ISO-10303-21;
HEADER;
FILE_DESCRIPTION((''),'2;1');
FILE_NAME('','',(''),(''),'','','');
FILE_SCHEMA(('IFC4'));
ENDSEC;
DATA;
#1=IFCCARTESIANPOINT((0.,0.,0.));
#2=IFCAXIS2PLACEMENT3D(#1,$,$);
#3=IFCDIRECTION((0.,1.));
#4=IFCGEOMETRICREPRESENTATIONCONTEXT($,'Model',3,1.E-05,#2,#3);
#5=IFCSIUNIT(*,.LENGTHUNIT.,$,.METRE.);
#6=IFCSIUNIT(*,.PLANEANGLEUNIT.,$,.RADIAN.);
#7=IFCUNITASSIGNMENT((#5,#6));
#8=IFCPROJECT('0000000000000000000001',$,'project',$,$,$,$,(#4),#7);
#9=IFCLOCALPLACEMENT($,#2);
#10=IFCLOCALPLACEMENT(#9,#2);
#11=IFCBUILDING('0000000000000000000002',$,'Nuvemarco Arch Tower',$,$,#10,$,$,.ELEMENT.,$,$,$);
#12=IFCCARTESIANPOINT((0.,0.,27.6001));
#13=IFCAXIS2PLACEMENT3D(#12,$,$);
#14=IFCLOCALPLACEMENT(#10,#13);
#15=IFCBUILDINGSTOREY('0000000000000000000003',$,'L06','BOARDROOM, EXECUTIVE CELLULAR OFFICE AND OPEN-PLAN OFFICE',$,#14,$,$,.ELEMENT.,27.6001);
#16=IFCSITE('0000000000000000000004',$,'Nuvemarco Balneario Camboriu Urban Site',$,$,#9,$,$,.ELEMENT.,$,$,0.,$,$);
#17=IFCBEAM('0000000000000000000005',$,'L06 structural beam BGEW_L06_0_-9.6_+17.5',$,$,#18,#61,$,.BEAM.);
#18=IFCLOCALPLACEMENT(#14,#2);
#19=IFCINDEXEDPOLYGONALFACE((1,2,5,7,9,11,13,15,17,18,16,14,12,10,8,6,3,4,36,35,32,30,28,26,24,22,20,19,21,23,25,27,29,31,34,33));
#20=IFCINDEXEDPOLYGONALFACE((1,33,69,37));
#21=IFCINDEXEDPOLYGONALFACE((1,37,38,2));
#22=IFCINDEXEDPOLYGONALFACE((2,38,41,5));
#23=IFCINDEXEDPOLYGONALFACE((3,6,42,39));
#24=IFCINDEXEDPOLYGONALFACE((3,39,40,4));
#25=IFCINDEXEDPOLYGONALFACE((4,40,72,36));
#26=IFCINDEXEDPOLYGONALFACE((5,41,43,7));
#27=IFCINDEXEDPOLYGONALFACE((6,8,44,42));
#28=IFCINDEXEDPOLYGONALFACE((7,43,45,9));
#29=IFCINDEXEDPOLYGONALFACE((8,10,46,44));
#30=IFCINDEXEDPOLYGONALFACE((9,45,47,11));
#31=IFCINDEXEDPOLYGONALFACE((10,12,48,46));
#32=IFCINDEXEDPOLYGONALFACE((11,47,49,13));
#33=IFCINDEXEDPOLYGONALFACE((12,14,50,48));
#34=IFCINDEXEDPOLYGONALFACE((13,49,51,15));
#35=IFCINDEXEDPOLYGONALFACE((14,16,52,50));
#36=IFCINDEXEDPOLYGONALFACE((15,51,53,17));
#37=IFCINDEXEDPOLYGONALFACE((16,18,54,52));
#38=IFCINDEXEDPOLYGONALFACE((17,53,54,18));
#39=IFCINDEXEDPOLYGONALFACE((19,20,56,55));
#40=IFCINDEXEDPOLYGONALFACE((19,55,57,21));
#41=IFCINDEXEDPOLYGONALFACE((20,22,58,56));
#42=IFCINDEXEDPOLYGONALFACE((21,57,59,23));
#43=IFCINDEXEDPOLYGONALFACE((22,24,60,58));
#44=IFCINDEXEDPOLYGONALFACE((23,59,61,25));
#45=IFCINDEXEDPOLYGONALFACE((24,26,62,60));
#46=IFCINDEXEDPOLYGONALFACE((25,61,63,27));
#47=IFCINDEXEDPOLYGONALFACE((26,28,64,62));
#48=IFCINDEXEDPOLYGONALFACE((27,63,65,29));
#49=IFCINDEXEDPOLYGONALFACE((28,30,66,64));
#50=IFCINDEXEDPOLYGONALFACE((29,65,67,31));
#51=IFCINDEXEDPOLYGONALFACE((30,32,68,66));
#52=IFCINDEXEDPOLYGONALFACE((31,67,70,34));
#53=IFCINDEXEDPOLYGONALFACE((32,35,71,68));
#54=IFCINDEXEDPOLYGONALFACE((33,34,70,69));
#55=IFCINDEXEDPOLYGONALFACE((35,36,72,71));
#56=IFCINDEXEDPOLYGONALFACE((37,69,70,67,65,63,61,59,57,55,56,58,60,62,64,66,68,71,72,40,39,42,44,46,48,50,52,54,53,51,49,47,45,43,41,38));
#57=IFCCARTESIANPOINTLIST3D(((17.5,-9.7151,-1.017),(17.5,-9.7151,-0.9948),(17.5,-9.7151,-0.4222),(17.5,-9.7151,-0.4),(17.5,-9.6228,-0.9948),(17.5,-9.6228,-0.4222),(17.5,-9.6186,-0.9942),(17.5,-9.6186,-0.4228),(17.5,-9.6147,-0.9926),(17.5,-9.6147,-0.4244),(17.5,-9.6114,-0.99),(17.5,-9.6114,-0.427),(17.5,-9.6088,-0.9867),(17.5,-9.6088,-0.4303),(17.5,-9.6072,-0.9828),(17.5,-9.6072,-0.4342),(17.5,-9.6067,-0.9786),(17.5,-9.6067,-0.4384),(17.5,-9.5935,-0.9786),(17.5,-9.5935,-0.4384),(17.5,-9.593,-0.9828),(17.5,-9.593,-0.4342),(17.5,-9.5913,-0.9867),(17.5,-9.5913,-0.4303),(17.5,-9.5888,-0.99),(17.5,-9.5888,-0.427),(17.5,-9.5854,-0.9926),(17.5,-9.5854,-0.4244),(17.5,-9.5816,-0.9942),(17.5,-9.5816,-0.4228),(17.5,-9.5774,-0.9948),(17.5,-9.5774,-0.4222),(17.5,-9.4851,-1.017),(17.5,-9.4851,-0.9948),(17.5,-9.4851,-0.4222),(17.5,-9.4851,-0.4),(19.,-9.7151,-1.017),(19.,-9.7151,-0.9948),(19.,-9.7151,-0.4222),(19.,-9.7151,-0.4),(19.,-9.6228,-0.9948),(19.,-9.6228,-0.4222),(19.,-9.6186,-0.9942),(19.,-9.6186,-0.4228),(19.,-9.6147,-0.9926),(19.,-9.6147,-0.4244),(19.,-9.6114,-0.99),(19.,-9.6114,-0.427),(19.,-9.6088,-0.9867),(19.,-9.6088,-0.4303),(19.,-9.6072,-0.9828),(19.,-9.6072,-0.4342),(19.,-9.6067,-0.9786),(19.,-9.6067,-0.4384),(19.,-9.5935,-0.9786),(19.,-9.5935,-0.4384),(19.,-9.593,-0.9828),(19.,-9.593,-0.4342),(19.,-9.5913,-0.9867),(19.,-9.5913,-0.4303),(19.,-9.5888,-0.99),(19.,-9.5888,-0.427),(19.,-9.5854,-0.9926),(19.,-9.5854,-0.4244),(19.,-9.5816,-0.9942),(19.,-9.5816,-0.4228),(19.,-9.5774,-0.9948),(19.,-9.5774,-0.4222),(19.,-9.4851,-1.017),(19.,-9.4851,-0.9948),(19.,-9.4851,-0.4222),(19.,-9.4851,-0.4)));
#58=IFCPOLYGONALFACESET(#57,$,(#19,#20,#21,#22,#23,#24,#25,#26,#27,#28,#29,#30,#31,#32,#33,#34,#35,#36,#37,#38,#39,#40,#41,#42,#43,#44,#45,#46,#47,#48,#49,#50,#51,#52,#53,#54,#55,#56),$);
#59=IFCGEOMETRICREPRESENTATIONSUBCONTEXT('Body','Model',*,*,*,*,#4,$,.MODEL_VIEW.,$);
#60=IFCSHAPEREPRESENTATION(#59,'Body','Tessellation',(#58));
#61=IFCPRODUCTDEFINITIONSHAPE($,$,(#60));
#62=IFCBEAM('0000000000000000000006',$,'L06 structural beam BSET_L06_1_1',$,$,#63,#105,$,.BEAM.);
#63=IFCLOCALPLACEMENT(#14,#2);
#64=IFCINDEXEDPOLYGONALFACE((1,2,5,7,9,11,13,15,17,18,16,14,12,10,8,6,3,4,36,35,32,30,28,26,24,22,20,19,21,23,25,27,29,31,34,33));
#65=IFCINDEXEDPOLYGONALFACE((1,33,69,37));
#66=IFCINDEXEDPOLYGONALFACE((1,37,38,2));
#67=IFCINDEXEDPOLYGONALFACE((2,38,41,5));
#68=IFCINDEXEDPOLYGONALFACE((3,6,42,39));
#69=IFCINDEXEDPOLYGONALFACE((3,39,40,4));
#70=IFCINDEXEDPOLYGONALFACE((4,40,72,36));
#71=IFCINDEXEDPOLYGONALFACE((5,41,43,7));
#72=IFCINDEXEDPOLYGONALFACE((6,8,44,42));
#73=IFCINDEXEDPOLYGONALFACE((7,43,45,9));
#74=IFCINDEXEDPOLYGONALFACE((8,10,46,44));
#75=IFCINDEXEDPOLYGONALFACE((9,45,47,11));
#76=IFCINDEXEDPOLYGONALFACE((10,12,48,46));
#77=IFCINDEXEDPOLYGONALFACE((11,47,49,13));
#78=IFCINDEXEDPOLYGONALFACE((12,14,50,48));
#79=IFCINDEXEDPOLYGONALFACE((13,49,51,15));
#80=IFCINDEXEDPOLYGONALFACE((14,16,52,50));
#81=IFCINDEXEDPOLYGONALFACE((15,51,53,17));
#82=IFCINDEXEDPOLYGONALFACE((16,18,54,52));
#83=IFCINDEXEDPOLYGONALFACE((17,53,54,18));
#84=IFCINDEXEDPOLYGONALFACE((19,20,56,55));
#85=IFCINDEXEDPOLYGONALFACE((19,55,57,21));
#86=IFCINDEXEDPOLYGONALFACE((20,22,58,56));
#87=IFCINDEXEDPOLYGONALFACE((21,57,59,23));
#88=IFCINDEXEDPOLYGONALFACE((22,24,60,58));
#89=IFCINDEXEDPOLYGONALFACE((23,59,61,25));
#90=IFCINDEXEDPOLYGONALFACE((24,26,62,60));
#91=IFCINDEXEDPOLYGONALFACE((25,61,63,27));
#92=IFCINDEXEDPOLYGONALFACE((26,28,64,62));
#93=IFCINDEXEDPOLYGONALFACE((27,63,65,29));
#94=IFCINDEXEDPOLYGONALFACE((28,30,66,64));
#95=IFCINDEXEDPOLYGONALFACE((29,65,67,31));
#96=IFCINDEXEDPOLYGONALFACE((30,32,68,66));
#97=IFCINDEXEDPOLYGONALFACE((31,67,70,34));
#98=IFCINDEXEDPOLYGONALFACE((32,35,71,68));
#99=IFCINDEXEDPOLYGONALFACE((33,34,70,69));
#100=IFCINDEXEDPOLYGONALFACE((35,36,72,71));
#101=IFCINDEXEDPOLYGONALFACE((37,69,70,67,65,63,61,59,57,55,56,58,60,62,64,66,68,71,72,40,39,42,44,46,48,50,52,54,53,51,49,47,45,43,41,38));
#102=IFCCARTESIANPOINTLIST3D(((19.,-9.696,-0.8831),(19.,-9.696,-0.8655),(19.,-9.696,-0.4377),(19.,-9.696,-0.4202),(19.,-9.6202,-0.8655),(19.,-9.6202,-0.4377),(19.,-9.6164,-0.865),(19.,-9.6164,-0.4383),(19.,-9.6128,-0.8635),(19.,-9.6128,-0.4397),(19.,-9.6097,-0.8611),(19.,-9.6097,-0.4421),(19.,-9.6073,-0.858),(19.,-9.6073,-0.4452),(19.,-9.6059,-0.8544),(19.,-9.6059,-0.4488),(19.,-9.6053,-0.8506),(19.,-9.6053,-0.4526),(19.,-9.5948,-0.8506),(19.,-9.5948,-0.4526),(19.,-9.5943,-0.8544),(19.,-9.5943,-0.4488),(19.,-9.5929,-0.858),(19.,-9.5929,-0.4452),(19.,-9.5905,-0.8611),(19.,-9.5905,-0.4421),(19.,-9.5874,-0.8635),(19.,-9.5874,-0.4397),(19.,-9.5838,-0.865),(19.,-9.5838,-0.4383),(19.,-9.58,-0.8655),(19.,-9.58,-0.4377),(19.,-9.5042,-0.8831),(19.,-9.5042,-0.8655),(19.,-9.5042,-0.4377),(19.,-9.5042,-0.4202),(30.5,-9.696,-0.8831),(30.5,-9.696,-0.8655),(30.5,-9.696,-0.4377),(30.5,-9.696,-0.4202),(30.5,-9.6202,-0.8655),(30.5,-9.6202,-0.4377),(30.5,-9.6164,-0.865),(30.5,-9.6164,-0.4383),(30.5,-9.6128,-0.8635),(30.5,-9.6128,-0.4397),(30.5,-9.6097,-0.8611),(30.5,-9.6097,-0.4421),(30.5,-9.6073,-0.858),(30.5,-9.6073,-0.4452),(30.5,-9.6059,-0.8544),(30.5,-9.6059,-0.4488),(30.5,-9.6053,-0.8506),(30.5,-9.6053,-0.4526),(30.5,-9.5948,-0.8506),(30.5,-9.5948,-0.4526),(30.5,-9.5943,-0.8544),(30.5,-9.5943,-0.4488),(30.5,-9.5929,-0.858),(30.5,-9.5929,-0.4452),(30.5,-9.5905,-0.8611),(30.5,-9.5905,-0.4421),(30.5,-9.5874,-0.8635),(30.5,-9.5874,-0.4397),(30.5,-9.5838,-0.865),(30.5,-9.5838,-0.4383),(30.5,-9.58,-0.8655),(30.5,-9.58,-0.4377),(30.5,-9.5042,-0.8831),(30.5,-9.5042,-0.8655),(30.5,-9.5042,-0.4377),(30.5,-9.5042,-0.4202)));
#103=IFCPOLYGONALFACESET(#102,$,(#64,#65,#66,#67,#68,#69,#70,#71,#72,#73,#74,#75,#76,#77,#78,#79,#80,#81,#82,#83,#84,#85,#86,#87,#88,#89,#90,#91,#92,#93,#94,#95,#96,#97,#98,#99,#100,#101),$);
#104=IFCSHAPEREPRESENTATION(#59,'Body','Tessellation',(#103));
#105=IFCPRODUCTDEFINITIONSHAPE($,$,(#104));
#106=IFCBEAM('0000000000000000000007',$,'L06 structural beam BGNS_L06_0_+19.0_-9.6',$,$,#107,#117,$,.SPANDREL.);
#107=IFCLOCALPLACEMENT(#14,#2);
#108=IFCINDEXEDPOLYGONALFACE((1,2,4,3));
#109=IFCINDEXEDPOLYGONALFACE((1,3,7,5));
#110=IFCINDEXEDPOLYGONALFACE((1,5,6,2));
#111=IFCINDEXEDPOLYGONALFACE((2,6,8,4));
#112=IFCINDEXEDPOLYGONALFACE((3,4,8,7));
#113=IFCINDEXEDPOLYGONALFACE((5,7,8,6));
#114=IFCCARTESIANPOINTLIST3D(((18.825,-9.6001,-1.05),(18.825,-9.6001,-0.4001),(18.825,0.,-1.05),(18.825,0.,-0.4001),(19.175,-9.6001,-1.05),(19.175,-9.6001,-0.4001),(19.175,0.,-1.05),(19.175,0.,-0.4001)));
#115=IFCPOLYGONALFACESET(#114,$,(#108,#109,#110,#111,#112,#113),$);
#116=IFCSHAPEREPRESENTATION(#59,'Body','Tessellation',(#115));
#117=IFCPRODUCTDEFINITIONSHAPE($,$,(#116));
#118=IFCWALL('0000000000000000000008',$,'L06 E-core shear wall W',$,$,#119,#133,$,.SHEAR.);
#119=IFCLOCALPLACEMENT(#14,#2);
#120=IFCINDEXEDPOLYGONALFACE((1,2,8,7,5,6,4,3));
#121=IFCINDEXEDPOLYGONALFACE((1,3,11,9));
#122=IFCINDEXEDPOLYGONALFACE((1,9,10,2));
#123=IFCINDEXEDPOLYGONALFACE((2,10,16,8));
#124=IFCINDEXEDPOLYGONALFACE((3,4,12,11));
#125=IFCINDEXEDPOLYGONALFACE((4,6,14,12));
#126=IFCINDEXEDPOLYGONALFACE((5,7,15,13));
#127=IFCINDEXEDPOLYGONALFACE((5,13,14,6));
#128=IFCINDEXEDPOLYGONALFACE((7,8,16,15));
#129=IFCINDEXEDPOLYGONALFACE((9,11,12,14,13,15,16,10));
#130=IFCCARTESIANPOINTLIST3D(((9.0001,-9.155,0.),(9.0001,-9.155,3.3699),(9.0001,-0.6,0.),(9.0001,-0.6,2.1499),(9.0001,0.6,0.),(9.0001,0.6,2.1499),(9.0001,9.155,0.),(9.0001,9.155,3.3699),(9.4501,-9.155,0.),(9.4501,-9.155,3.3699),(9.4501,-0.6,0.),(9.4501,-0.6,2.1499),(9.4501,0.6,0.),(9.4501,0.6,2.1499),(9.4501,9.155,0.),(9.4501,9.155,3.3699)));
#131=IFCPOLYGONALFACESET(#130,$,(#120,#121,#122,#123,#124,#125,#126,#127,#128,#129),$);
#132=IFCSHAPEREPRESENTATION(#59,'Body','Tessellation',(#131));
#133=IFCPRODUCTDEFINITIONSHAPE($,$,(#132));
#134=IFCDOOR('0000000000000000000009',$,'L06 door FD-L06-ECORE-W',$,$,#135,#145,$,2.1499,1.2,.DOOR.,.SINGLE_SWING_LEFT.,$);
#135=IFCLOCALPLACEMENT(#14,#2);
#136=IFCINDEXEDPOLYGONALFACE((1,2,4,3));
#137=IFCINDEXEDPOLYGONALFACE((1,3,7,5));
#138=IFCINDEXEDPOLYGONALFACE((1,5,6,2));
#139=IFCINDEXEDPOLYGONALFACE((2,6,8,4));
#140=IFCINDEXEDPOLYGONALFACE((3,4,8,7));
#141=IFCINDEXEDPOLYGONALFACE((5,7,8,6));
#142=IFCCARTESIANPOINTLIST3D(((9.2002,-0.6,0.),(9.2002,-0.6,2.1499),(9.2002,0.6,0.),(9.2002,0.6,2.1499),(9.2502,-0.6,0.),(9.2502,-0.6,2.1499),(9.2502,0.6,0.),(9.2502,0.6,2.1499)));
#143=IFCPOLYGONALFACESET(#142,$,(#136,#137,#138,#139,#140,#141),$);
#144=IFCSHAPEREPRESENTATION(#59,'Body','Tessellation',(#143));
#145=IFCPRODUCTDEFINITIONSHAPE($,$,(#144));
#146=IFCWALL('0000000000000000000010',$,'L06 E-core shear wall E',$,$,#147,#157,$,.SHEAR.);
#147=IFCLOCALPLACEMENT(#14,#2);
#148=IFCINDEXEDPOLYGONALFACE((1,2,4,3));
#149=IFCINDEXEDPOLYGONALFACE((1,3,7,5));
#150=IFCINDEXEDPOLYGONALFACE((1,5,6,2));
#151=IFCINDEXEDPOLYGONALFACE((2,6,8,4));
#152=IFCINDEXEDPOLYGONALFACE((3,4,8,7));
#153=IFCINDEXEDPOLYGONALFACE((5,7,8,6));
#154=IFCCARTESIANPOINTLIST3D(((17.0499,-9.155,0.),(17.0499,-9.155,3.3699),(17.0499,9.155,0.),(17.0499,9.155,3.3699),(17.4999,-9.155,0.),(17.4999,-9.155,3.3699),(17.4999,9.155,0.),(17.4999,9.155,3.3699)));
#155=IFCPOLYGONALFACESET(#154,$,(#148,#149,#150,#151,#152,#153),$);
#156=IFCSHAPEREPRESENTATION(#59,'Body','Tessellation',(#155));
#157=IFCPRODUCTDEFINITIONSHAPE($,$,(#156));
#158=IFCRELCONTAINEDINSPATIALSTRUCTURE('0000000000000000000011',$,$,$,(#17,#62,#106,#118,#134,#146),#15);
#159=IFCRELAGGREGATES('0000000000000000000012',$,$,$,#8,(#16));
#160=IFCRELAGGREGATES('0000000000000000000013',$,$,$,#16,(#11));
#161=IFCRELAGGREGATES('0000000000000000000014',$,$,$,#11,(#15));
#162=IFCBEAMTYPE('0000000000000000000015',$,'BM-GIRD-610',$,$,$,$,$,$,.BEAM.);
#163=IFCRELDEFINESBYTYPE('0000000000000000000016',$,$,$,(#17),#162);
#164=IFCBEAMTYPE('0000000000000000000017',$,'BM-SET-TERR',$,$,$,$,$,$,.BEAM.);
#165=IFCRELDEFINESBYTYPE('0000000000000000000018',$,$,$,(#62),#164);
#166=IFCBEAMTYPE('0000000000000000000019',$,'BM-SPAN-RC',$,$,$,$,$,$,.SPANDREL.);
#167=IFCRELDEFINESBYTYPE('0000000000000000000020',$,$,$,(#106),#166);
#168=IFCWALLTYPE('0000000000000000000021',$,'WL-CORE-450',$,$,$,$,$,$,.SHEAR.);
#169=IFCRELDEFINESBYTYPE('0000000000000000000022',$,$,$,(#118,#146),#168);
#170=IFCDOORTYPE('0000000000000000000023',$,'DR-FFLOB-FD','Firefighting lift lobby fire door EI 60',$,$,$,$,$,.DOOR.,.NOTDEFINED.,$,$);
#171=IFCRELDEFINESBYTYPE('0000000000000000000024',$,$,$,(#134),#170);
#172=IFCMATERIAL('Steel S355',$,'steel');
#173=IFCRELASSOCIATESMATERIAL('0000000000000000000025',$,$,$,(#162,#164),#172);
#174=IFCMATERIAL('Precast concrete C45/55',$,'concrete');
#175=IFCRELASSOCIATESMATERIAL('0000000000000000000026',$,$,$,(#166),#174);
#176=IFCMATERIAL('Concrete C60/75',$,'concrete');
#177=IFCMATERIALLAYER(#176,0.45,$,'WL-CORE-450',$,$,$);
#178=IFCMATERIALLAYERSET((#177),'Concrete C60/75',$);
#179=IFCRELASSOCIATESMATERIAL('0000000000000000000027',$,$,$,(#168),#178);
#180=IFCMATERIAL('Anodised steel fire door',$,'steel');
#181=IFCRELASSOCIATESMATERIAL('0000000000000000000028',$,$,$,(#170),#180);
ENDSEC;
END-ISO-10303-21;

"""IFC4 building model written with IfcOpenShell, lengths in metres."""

from ifc_helpers import new_model, si_unit, direction, frame, frame_2d, origin, origin_2d, place, context, subcontext, project, spatial, rectangle, i_section, extrude, source, transform, mapped, material, layer, layer_set, material_profile, profile_set, type_object, type_shapes, element, fill, save


model = new_model("IFC4")

# Units and contexts
model_context = context("Model", 3, precision=1e-05, world=origin(), true_north=direction((0.0, 1.0)))
body_context = subcontext(model_context, "Body", "Model", "MODEL_VIEW")
ifc_project = project(units=[si_unit("LENGTHUNIT", "METRE"), si_unit("PLANEANGLEUNIT", "RADIAN")], contexts=[model_context])

# Site, building, storey
site_placement = place(None, origin())
site = spatial("IfcSite", under=ifc_project, at=site_placement, Name="Nuvemarco Balneario Camboriu Urban Site", CompositionType="ELEMENT", RefElevation=0.0)
building_placement = place(site_placement, origin())
building = spatial("IfcBuilding", under=site, at=building_placement, Name="Nuvemarco Arch Tower", CompositionType="ELEMENT")
storey_placement = place(building_placement, frame((0.0, 0.0, 27.6001)))
storey = spatial("IfcBuildingStorey", under=building, at=storey_placement, Name="L06", Description="BOARDROOM, EXECUTIVE CELLULAR OFFICE AND OPEN-PLAN OFFICE", CompositionType="ELEMENT", Elevation=27.6001)

# Shared definitions
ifc_material_1 = material(Name="Concrete C60/75", Category="concrete")

# Beams
ifc_material_2 = material(Name="Steel S355", Category="steel")
ifc_material_profile_1 = material_profile(ifc_material_2, i_section(OverallWidth=0.23, OverallDepth=0.6169, WebThickness=0.0132, FlangeThickness=0.0222, FilletRadius=0.0161, at=origin_2d()), Name="W610x140")
ifc_profile_set_1 = profile_set([ifc_material_profile_1], Name="Steel S355")
beam_type_1 = type_object("IfcBeamType", Name="BM-GIRD-610", PredefinedType="BEAM", material=ifc_profile_set_1)
beam_1_placement = place(storey_placement, frame((17.5, -9.6001, -0.7085), z_axis=(1.0, 0.0, 0.0), x_axis=(0.0, 1.0, 0.0)))
element("IfcBeam", 1, at=beam_1_placement, inside=storey, type_object=beam_type_1, Name="L06 structural beam BGEW_L06_0_-9.6_+17.5", PredefinedType="BEAM", context=body_context, shape_type="SweptSolid", body=[
    extrude(i_section(OverallWidth=0.23, OverallDepth=0.6169, WebThickness=0.0132, FlangeThickness=0.0222, FilletRadius=0.0161, at=origin_2d()), origin(), (0.0, 0.0, 1.0), 1.5),
])
ifc_material_profile_2 = material_profile(ifc_material_2, i_section(OverallWidth=0.1919, OverallDepth=0.4629, WebThickness=0.0105, FlangeThickness=0.0176, FilletRadius=0.0149, at=origin_2d()), Name="W460x89")
ifc_profile_set_2 = profile_set([ifc_material_profile_2], Name="Steel S355")
beam_type_2 = type_object("IfcBeamType", Name="BM-SET-TERR", PredefinedType="BEAM", material=ifc_profile_set_2)
beam_2_placement = place(storey_placement, frame((19.0, -9.6001, -0.6516), z_axis=(1.0, 0.0, 0.0), x_axis=(0.0, 1.0, 0.0)))
element("IfcBeam", 2, at=beam_2_placement, inside=storey, type_object=beam_type_2, Name="L06 structural beam BSET_L06_1_1", PredefinedType="BEAM", context=body_context, shape_type="SweptSolid", body=[
    extrude(i_section(OverallWidth=0.1919, OverallDepth=0.4629, WebThickness=0.0105, FlangeThickness=0.0176, FilletRadius=0.0149, at=origin_2d()), origin(), (0.0, 0.0, 1.0), 11.5),
])
ifc_material_3 = material(Name="Precast concrete C45/55", Category="concrete")
ifc_material_profile_3 = material_profile(ifc_material_3, rectangle(XDim=0.3501, YDim=0.6499, at=origin_2d()), Name="PC-SP-350x650")
ifc_profile_set_3 = profile_set([ifc_material_profile_3], Name="Precast concrete C45/55")
beam_type_3 = type_object("IfcBeamType", Name="BM-SPAN-RC", PredefinedType="SPANDREL", material=ifc_profile_set_3)
beam_3_placement = place(storey_placement, frame((19.0, -9.6001, -0.7251), z_axis=(0.0, 1.0, 0.0), x_axis=(-1.0, 0.0, 0.0)))
element("IfcBeam", 3, at=beam_3_placement, inside=storey, type_object=beam_type_3, Name="L06 structural beam BGNS_L06_0_+19.0_-9.6", PredefinedType="SPANDREL", context=body_context, shape_type="SweptSolid", body=[
    extrude(rectangle(XDim=0.3501, YDim=0.6499, at=origin_2d()), origin(), (0.0, 0.0, 1.0), 9.6001),
])

# Wall, opening, door
ifc_layer_1 = layer(ifc_material_1, 0.45, Name="WL-CORE-450")
ifc_layer_set_1 = layer_set([ifc_layer_1], Name="Concrete C60/75")
wall_type_1 = type_object("IfcWallType", Name="WL-CORE-450", PredefinedType="SHEAR", material=ifc_layer_set_1)
wall_1_placement = place(storey_placement, frame((9.2251, -9.155, 0.0), z_axis=(0.0, 0.0, 1.0), x_axis=(0.0, 1.0, 0.0)))
wall_1 = element("IfcWall", 4, at=wall_1_placement, inside=storey, type_object=wall_type_1, Name="L06 E-core shear wall W", PredefinedType="SHEAR", context=body_context, shape_type="SweptSolid", body=[
    extrude(rectangle(XDim=18.3101, YDim=0.45, at=frame_2d((9.155, 0.0))), origin(), (0.0, 0.0, 1.0), 3.3699),
])
opening_1_placement = place(wall_1_placement, frame((8.5549, 0.0, 0.0)))
opening_1 = element("IfcOpeningElement", 5, at=opening_1_placement, cuts=wall_1, PredefinedType="OPENING", context=body_context, shape_type="SweptSolid", body=[
    extrude(rectangle(XDim=1.2, YDim=2.1499, at=frame_2d((0.6001, 1.075))), frame((0.0, 0.2349, 0.0), z_axis=(0.0, -1.0, 0.0), x_axis=(1.0, 0.0, 0.0)), (0.0, 0.0, 1.0), 0.47),
])
ifc_material_4 = material(Name="Anodised steel fire door", Category="steel")
door_type_1 = type_object("IfcDoorType", Name="DR-FFLOB-FD", Description="Firefighting lift lobby fire door EI 60", OperationType="NOTDEFINED", PredefinedType="DOOR", material=ifc_material_4)
shared_shape_1 = source(origin(), body_context, "Body", "SweptSolid", [
    extrude(rectangle(XDim=1.2, YDim=2.1499, at=frame_2d((0.6001, 1.075))), frame((0.0, 0.0249, 0.0), z_axis=(0.0, -1.0, 0.0), x_axis=(1.0, 0.0, 0.0)), (0.0, 0.0, 1.0), 0.05),
])
type_shapes(door_type_1, [shared_shape_1])
door_1_placement = place(opening_1_placement, origin())
door_1 = element("IfcDoor", 6, at=door_1_placement, inside=storey, type_object=door_type_1, Name="L06 door FD-L06-ECORE-W", OperationType="SINGLE_SWING_LEFT", OverallHeight=2.1499, OverallWidth=1.2, PredefinedType="DOOR", context=body_context, shape_type="MappedRepresentation", body=[
    mapped(shared_shape_1, transform((0.0, 0.0, 0.0), scale=1.0)),
])
fill(opening_1, door_1)

# Wall
wall_2_placement = place(storey_placement, frame((17.2749, -9.155, 0.0), z_axis=(0.0, 0.0, 1.0), x_axis=(0.0, 1.0, 0.0)))
element("IfcWall", 7, at=wall_2_placement, inside=storey, type_object=wall_type_1, Name="L06 E-core shear wall E", PredefinedType="SHEAR", context=body_context, shape_type="SweptSolid", body=[
    extrude(rectangle(XDim=18.3101, YDim=0.45, at=frame_2d((9.155, 0.0))), origin(), (0.0, 0.0, 1.0), 3.3699),
])

save(model, "model.ifc")
